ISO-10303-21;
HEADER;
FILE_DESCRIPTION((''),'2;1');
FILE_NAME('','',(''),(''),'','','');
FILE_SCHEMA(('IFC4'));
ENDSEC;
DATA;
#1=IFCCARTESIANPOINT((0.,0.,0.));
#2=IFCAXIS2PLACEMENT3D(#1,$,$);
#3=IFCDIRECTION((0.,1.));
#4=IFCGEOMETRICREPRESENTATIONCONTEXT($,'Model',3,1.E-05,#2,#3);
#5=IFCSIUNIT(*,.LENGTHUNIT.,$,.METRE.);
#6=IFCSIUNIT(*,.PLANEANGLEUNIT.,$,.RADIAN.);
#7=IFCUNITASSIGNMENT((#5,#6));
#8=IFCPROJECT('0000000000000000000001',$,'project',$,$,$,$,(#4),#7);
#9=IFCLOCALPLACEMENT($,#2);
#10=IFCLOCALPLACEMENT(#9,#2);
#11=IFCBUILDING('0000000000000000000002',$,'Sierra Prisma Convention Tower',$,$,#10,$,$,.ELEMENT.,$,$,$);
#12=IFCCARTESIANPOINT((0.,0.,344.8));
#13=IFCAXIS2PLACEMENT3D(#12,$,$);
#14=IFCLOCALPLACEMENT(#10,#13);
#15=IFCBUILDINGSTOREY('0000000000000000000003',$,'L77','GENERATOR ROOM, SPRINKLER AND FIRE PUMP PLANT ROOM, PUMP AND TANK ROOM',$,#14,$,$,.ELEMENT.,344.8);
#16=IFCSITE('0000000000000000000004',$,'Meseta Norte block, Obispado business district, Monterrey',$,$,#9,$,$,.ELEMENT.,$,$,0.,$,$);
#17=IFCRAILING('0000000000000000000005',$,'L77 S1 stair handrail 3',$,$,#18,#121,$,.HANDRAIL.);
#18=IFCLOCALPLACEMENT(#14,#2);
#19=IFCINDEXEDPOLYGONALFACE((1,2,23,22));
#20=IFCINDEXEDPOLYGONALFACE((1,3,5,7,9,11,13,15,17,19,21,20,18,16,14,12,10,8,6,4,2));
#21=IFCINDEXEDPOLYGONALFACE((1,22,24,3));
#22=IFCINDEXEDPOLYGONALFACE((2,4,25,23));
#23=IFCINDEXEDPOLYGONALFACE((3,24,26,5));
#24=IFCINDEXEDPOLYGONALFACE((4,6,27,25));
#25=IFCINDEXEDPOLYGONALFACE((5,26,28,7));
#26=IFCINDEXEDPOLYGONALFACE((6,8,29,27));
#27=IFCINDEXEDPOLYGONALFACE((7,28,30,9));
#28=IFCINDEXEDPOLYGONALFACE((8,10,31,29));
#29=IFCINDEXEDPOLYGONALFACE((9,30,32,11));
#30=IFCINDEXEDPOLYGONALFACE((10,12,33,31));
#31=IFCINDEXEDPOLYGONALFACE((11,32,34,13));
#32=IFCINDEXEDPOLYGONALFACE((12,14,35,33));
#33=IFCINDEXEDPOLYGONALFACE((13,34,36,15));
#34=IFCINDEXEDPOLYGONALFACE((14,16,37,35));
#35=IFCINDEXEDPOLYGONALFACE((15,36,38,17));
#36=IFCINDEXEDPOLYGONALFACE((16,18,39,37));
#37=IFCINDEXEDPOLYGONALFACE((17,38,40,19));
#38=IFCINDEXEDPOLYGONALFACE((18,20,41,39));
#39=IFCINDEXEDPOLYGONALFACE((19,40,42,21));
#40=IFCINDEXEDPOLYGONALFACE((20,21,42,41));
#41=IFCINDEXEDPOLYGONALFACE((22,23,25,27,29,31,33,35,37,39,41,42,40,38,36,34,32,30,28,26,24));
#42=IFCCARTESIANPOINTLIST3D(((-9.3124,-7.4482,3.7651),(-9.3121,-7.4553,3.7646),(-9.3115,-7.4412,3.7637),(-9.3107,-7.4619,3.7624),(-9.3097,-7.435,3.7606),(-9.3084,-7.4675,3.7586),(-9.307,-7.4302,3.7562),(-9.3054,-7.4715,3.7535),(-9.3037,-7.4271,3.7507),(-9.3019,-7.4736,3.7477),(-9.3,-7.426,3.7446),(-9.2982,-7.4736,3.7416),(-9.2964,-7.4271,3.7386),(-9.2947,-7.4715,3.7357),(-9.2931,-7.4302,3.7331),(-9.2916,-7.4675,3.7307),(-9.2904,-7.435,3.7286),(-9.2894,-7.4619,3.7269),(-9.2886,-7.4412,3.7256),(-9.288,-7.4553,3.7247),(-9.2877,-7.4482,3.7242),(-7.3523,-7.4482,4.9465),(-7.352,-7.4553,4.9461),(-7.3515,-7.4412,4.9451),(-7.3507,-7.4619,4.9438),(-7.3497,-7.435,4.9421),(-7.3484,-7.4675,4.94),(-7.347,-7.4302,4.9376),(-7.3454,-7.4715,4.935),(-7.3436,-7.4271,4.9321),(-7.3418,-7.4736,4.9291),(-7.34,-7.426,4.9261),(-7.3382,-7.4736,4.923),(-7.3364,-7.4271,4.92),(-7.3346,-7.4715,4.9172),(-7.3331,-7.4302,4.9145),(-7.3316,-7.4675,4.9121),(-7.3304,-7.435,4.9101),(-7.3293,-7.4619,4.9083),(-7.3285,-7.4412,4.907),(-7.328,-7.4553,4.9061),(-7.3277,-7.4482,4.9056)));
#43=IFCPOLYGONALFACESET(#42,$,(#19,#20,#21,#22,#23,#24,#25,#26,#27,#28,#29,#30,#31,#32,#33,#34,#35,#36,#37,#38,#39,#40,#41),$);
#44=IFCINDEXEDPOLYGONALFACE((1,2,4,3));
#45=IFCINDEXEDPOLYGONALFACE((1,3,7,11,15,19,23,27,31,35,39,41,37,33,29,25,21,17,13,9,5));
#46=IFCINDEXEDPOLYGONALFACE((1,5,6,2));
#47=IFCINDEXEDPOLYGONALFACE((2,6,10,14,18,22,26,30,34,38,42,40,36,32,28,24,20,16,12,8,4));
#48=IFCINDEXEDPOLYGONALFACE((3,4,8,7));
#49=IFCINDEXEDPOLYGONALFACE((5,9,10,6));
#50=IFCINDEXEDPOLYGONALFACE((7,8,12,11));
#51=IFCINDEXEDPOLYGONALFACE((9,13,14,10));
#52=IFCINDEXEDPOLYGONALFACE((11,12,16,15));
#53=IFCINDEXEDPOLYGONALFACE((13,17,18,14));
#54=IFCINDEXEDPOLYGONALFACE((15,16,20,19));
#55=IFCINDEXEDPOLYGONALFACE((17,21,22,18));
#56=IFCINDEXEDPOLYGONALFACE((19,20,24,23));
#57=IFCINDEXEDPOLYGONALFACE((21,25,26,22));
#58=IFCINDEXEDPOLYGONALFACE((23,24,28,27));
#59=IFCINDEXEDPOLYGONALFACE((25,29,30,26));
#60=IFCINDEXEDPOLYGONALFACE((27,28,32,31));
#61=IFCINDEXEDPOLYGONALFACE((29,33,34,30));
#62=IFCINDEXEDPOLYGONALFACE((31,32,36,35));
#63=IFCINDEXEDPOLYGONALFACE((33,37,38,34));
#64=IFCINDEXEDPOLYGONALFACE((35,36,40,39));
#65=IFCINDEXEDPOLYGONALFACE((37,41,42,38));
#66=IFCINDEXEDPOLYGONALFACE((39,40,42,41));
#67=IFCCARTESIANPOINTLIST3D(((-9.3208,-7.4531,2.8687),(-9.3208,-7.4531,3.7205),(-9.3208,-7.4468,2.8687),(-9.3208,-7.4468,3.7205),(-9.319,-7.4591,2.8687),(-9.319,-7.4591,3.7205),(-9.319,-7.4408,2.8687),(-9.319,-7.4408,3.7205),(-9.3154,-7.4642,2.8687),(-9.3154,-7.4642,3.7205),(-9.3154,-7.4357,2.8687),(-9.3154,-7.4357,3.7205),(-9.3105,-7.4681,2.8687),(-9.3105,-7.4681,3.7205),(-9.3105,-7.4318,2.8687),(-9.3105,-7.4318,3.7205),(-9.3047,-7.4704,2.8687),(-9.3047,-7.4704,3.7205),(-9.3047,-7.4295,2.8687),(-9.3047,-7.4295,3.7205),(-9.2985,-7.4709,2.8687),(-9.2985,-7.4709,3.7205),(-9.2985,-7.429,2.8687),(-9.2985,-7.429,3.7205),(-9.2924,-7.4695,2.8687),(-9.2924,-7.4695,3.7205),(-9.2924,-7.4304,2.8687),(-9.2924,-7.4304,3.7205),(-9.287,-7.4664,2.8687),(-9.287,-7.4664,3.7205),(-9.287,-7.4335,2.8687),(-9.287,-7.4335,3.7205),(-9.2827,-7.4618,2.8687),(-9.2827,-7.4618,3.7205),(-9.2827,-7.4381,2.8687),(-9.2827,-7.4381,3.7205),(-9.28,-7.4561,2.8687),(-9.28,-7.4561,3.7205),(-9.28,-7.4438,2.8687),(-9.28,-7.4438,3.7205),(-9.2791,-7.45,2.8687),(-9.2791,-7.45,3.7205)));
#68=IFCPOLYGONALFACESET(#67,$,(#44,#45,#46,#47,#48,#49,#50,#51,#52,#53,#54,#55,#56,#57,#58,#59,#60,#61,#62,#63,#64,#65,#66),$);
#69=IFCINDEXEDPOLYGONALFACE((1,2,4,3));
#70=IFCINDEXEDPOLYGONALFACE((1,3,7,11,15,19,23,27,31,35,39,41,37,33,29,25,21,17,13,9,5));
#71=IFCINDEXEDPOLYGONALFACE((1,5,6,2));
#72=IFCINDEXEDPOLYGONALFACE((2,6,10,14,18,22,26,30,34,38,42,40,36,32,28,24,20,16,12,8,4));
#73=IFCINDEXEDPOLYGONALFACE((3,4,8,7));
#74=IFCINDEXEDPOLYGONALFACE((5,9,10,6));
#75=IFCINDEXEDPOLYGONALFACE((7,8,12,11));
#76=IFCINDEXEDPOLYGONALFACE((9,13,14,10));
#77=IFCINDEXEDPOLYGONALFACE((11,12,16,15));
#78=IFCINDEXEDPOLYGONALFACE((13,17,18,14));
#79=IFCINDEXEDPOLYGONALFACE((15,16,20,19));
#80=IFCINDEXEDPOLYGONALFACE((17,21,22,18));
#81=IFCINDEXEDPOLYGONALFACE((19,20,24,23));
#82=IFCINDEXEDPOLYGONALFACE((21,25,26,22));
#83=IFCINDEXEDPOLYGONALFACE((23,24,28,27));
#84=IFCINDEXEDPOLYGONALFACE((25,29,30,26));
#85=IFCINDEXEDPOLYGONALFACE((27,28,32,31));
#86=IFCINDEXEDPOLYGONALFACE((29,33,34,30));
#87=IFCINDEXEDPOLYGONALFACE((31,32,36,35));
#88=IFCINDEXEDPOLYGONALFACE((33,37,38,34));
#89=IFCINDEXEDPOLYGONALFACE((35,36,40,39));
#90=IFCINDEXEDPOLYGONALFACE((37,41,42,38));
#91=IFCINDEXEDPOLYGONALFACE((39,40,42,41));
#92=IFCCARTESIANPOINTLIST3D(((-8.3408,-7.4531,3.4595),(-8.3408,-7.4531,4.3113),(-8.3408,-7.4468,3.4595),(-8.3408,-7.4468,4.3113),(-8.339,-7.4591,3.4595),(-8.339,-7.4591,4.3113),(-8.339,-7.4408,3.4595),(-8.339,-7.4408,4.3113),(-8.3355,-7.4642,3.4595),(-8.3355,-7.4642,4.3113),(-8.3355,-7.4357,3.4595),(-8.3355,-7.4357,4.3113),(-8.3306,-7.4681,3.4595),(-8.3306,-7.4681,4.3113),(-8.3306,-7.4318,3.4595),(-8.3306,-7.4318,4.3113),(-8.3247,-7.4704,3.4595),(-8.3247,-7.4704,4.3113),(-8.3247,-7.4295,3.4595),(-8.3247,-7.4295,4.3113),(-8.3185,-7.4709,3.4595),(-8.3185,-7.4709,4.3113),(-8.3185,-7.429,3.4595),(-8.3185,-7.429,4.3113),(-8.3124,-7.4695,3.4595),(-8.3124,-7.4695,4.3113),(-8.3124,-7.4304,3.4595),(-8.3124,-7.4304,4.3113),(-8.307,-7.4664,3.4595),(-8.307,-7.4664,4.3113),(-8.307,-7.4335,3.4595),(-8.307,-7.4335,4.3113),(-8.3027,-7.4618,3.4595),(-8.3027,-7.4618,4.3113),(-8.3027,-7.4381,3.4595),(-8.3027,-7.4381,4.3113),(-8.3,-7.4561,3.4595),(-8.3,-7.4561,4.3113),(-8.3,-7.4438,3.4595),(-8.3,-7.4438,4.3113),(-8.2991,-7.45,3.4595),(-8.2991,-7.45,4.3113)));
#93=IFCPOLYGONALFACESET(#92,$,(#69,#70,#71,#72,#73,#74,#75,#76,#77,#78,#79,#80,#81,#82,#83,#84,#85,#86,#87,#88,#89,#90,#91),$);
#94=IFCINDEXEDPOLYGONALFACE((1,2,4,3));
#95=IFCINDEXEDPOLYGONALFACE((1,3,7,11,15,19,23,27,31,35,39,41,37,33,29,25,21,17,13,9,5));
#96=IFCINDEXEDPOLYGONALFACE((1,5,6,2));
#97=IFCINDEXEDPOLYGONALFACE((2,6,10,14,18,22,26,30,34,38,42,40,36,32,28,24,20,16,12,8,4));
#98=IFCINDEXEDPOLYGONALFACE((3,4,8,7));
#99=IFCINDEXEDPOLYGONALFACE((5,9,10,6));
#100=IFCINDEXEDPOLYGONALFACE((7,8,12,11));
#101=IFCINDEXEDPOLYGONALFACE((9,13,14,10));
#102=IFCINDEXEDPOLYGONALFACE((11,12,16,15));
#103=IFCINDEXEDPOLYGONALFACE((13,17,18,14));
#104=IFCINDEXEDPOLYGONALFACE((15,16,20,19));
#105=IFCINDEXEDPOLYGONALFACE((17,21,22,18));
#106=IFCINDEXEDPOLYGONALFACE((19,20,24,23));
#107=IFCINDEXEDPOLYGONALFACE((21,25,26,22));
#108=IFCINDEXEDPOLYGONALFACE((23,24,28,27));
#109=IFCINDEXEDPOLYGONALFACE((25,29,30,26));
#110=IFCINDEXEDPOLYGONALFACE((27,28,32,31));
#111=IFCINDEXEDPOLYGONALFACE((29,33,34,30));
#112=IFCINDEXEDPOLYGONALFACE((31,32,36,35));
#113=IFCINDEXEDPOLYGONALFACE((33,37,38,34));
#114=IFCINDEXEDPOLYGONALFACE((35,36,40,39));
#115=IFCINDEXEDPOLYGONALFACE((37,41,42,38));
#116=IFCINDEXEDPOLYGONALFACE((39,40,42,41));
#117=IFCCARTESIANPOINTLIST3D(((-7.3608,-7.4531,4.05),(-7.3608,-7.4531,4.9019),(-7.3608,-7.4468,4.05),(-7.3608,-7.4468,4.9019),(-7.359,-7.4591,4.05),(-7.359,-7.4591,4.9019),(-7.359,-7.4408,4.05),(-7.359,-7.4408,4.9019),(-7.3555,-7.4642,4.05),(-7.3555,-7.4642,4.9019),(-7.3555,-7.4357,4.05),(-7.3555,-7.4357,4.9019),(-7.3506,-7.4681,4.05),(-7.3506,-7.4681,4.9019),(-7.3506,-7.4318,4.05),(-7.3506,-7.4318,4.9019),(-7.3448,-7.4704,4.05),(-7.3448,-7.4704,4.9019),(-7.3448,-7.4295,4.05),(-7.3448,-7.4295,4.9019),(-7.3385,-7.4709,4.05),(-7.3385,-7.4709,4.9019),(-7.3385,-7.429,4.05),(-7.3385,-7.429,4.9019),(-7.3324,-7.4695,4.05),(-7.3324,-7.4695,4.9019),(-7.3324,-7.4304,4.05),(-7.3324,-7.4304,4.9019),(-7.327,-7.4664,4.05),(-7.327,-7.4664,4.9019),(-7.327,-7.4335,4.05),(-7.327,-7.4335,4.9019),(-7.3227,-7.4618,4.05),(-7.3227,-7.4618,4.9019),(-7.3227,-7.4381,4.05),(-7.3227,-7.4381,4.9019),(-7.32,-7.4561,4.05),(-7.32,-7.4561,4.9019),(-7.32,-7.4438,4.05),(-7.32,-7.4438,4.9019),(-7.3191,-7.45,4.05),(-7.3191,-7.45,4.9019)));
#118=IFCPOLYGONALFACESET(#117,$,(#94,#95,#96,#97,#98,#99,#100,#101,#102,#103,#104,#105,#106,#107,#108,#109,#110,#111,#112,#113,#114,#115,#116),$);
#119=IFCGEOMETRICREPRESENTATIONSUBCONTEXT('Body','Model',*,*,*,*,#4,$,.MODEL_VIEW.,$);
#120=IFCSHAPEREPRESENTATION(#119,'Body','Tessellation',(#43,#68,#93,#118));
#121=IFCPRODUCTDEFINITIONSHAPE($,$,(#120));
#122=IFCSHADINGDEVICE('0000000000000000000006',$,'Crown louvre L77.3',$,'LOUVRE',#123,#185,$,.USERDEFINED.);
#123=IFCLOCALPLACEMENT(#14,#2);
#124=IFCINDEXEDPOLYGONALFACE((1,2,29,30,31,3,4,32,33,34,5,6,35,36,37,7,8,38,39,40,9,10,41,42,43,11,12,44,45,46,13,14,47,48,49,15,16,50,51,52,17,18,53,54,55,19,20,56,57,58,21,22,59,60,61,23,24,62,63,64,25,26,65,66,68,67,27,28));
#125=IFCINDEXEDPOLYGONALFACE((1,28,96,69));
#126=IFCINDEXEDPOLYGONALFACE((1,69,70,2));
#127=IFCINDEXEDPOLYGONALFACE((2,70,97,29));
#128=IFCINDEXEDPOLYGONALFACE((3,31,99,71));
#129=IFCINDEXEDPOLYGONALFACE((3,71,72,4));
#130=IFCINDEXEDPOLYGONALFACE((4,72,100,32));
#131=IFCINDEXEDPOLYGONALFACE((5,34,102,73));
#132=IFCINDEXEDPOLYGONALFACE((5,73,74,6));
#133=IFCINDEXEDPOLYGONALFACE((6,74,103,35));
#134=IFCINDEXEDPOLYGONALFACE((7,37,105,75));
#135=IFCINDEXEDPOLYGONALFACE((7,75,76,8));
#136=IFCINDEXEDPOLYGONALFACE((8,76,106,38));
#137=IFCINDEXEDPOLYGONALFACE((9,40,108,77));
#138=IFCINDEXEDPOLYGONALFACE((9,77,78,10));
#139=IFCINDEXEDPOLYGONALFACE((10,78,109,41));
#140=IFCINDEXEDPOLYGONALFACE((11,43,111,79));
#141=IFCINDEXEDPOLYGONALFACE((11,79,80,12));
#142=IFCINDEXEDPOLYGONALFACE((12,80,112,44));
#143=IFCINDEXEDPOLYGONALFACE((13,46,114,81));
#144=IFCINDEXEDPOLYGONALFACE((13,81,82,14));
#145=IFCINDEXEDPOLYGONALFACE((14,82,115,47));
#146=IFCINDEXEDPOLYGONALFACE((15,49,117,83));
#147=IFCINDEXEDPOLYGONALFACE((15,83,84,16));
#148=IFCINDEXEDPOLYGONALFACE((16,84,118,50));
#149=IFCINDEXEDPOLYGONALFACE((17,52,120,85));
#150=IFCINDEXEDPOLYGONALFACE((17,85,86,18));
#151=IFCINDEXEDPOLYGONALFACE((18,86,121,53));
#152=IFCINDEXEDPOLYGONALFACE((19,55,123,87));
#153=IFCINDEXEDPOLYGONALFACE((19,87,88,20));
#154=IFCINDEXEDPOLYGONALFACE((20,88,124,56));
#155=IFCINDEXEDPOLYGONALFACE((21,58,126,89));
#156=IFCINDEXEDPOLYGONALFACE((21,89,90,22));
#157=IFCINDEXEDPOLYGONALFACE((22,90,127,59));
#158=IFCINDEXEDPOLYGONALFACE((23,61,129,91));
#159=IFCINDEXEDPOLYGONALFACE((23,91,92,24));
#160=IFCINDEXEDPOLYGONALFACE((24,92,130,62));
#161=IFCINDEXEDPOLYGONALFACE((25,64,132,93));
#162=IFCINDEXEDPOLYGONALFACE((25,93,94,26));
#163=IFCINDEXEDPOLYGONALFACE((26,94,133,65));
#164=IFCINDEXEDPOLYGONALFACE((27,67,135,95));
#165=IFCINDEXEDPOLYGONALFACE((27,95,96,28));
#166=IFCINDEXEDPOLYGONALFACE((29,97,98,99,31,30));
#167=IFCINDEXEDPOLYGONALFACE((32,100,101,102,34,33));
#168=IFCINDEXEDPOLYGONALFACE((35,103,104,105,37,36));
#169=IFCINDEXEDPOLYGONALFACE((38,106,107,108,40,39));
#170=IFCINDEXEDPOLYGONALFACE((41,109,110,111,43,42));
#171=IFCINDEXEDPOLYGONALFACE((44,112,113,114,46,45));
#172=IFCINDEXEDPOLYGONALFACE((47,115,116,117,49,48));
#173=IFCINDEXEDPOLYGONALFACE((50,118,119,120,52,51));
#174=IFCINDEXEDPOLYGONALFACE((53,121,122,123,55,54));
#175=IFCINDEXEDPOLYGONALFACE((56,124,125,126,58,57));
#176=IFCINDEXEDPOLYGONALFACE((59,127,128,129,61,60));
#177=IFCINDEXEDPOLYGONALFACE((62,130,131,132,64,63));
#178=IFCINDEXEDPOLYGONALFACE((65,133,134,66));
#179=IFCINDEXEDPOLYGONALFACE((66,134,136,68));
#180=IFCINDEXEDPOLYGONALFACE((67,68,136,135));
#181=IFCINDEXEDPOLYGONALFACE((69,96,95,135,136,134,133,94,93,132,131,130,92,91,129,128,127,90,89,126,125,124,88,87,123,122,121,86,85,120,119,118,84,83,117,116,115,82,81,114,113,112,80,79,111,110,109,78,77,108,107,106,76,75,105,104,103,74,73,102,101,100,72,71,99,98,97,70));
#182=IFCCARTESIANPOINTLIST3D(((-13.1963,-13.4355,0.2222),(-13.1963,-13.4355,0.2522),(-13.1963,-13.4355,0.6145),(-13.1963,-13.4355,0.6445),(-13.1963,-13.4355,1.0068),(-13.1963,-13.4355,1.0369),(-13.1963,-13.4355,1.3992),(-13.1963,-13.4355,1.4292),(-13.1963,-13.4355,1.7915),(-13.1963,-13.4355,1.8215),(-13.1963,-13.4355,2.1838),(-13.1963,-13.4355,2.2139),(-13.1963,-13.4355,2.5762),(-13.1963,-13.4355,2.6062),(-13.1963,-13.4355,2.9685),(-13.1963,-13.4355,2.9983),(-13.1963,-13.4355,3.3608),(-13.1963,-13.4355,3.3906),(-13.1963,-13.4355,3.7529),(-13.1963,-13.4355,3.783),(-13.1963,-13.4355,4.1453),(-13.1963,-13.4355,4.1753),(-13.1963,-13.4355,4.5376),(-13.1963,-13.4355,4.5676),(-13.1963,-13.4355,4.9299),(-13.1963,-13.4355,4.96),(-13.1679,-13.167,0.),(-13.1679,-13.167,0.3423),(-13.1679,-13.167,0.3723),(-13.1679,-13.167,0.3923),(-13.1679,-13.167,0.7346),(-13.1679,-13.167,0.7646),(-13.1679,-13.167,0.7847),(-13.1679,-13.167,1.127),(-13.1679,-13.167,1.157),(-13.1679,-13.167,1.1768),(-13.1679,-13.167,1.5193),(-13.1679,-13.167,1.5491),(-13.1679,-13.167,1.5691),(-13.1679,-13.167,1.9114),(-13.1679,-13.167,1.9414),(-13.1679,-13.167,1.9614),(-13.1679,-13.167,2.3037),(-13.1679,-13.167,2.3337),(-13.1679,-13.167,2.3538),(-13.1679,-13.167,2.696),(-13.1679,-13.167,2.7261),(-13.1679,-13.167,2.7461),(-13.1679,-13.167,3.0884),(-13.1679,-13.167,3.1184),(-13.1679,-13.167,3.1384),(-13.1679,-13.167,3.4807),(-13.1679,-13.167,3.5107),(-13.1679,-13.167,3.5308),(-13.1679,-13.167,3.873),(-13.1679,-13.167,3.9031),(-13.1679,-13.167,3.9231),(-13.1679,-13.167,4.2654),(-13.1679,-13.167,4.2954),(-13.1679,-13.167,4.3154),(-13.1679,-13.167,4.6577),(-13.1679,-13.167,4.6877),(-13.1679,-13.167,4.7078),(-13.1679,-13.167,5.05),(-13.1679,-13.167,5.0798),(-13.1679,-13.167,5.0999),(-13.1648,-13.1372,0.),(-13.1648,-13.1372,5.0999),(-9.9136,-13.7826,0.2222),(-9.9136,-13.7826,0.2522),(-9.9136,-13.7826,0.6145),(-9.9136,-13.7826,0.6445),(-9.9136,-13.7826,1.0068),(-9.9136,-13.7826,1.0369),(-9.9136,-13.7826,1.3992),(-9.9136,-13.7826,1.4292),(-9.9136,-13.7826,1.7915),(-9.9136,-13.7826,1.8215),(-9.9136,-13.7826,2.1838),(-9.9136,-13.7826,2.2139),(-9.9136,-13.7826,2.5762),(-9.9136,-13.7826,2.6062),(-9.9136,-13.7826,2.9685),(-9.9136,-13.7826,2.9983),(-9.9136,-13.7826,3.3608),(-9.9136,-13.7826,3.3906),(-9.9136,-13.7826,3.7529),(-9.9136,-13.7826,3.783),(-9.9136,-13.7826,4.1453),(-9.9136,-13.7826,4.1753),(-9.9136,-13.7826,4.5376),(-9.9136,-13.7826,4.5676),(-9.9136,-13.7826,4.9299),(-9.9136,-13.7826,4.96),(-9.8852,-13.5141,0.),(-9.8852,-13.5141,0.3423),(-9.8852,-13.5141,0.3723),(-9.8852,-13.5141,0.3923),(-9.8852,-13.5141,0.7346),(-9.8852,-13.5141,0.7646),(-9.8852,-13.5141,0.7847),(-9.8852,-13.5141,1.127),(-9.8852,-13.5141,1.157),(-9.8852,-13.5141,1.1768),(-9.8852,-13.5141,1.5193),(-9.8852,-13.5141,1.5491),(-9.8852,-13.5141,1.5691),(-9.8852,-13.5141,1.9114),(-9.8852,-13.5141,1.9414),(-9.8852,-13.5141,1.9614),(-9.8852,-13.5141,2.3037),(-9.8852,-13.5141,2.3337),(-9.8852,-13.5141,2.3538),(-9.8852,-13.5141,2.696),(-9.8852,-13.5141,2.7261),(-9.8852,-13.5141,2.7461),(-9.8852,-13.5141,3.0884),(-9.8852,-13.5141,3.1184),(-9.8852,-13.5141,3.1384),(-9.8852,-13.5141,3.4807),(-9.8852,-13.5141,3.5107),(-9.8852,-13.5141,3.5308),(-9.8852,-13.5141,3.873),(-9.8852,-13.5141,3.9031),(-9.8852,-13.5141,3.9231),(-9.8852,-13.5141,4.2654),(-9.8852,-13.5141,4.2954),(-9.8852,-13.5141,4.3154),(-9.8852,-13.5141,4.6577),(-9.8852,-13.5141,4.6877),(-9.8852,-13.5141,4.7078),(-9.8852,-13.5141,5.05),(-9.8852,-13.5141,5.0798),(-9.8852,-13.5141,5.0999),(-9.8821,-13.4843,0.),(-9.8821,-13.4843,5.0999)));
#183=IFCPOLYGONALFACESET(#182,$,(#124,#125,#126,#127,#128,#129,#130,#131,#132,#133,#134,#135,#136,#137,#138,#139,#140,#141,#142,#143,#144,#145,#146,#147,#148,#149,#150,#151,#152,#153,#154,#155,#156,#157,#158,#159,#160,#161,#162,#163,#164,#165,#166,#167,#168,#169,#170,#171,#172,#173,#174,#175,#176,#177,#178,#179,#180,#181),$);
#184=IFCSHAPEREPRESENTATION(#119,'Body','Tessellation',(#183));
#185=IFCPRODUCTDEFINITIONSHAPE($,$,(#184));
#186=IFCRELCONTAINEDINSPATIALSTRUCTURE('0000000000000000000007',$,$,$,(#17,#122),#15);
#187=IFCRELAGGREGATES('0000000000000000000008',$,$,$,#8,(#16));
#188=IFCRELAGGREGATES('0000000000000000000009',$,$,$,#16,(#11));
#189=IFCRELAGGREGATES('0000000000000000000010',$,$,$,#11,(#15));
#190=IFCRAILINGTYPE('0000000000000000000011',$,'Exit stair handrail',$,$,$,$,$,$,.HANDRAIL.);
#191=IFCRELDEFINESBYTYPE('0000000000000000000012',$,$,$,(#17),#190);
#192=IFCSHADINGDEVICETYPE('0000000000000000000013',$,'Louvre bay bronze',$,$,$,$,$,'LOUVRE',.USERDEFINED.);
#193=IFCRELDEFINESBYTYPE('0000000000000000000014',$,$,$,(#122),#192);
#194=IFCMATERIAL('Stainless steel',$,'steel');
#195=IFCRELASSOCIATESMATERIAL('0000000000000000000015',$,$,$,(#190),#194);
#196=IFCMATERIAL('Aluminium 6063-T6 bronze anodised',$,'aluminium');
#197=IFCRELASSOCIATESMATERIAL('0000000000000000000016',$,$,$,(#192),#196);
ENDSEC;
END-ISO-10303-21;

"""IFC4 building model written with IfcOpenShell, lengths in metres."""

from ifc_helpers import new_model, si_unit, direction, frame, origin, origin_2d, place, context, subcontext, project, spatial, polyline, circle, outline, extrude, material, type_object, element, save


model = new_model("IFC4")

# Units and contexts
model_context = context("Model", 3, precision=1e-05, world=origin(), true_north=direction((0.0, 1.0)))
body_context = subcontext(model_context, "Body", "Model", "MODEL_VIEW")
ifc_project = project(units=[si_unit("LENGTHUNIT", "METRE"), si_unit("PLANEANGLEUNIT", "RADIAN")], contexts=[model_context])

# Site, building, storey
site_placement = place(None, origin())
site = spatial("IfcSite", under=ifc_project, at=site_placement, Name="Meseta Norte block, Obispado business district, Monterrey", CompositionType="ELEMENT", RefElevation=0.0)
building_placement = place(site_placement, origin())
building = spatial("IfcBuilding", under=site, at=building_placement, Name="Sierra Prisma Convention Tower", CompositionType="ELEMENT")
storey_placement = place(building_placement, frame((0.0, 0.0, 344.8)))
storey = spatial("IfcBuildingStorey", under=building, at=storey_placement, Name="L77", Description="GENERATOR ROOM, SPRINKLER AND FIRE PUMP PLANT ROOM, PUMP AND TANK ROOM", CompositionType="ELEMENT", Elevation=344.8)

# Railing
ifc_material_1 = material(Name="Stainless steel", Category="steel")
railing_type = type_object("IfcRailingType", Name="Exit stair handrail", PredefinedType="HANDRAIL", material=ifc_material_1)
railing_1_placement = place(storey_placement, frame((-9.3, -7.45, 2.8687)))
element("IfcRailing", 1, at=railing_1_placement, inside=storey, type_object=railing_type, Name="L77 S1 stair handrail 3", PredefinedType="HANDRAIL", context=body_context, shape_type="SweptSolid", body=[
    extrude(circle(Radius=0.0239, at=origin_2d()), frame((0.0, 0.0, 0.876), z_axis=(0.856446, 0.0, 0.516236), x_axis=(0.0, 1.0, 0.0)), (0.0, 0.0, 1.0), 2.2886),
    extrude(circle(Radius=0.021, at=origin_2d()), origin(), (0.0, 0.0, 1.0), 0.8518),
    extrude(circle(Radius=0.021, at=origin_2d()), frame((0.98, 0.0, 0.5908)), (0.0, 0.0, 1.0), 0.8518),
    extrude(circle(Radius=0.021, at=origin_2d()), frame((1.96, 0.0, 1.1814)), (0.0, 0.0, 1.0), 0.8518),
])

# Shading device
ifc_material_2 = material(Name="Aluminium 6063-T6 bronze anodised", Category="aluminium")
shading_device_type = type_object("IfcShadingDeviceType", Name="Louvre bay bronze", ElementType="LOUVRE", PredefinedType="USERDEFINED", material=ifc_material_2)
shading_device_1_placement = place(storey_placement, frame((-13.1648, -13.1372, 0.0), z_axis=(-0.994456, 0.10515, 0.0), x_axis=(0.0, 0.0, 1.0)))
element("IfcShadingDevice", 2, at=shading_device_1_placement, inside=storey, type_object=shading_device_type, Name="Crown louvre L77.3", ObjectType="LOUVRE", PredefinedType="USERDEFINED", context=body_context, shape_type="SweptSolid", body=[
    extrude(outline(polyline([(0.0, 0.0), (5.0999, 0.0), (5.0999, -0.03), (5.0798, -0.03), (4.96, -0.3), (4.9299, -0.3), (5.05, -0.03), (4.7078, -0.03), (4.6877, -0.03), (4.5676, -0.3), (4.5376, -0.3), (4.6577, -0.03), (4.3154, -0.03), (4.2954, -0.03), (4.1753, -0.3), (4.1453, -0.3), (4.2654, -0.03), (3.9231, -0.03), (3.9031, -0.03), (3.783, -0.3), (3.7529, -0.3), (3.873, -0.03), (3.5308, -0.03), (3.5107, -0.03), (3.3906, -0.3), (3.3608, -0.3), (3.4807, -0.03), (3.1384, -0.03), (3.1184, -0.03), (2.9983, -0.3), (2.9685, -0.3), (3.0884, -0.03), (2.7461, -0.03), (2.7261, -0.03), (2.6062, -0.3), (2.5762, -0.3), (2.696, -0.03), (2.3538, -0.03), (2.3337, -0.03), (2.2139, -0.3), (2.1838, -0.3), (2.3037, -0.03), (1.9614, -0.03), (1.9414, -0.03), (1.8215, -0.3), (1.7915, -0.3), (1.9114, -0.03), (1.5691, -0.03), (1.5491, -0.03), (1.4292, -0.3), (1.3992, -0.3), (1.5193, -0.03), (1.1768, -0.03), (1.157, -0.03), (1.0369, -0.3), (1.0068, -0.3), (1.127, -0.03), (0.7847, -0.03), (0.7646, -0.03), (0.6445, -0.3), (0.6145, -0.3), (0.7346, -0.03), (0.3923, -0.03), (0.3723, -0.03), (0.2522, -0.3), (0.2222, -0.3), (0.3423, -0.03), (0.0, -0.03), (0.0, 0.0)])), origin(), (0.0, 0.0, -1.0), 3.301),
])

save(model, "model.ifc")
